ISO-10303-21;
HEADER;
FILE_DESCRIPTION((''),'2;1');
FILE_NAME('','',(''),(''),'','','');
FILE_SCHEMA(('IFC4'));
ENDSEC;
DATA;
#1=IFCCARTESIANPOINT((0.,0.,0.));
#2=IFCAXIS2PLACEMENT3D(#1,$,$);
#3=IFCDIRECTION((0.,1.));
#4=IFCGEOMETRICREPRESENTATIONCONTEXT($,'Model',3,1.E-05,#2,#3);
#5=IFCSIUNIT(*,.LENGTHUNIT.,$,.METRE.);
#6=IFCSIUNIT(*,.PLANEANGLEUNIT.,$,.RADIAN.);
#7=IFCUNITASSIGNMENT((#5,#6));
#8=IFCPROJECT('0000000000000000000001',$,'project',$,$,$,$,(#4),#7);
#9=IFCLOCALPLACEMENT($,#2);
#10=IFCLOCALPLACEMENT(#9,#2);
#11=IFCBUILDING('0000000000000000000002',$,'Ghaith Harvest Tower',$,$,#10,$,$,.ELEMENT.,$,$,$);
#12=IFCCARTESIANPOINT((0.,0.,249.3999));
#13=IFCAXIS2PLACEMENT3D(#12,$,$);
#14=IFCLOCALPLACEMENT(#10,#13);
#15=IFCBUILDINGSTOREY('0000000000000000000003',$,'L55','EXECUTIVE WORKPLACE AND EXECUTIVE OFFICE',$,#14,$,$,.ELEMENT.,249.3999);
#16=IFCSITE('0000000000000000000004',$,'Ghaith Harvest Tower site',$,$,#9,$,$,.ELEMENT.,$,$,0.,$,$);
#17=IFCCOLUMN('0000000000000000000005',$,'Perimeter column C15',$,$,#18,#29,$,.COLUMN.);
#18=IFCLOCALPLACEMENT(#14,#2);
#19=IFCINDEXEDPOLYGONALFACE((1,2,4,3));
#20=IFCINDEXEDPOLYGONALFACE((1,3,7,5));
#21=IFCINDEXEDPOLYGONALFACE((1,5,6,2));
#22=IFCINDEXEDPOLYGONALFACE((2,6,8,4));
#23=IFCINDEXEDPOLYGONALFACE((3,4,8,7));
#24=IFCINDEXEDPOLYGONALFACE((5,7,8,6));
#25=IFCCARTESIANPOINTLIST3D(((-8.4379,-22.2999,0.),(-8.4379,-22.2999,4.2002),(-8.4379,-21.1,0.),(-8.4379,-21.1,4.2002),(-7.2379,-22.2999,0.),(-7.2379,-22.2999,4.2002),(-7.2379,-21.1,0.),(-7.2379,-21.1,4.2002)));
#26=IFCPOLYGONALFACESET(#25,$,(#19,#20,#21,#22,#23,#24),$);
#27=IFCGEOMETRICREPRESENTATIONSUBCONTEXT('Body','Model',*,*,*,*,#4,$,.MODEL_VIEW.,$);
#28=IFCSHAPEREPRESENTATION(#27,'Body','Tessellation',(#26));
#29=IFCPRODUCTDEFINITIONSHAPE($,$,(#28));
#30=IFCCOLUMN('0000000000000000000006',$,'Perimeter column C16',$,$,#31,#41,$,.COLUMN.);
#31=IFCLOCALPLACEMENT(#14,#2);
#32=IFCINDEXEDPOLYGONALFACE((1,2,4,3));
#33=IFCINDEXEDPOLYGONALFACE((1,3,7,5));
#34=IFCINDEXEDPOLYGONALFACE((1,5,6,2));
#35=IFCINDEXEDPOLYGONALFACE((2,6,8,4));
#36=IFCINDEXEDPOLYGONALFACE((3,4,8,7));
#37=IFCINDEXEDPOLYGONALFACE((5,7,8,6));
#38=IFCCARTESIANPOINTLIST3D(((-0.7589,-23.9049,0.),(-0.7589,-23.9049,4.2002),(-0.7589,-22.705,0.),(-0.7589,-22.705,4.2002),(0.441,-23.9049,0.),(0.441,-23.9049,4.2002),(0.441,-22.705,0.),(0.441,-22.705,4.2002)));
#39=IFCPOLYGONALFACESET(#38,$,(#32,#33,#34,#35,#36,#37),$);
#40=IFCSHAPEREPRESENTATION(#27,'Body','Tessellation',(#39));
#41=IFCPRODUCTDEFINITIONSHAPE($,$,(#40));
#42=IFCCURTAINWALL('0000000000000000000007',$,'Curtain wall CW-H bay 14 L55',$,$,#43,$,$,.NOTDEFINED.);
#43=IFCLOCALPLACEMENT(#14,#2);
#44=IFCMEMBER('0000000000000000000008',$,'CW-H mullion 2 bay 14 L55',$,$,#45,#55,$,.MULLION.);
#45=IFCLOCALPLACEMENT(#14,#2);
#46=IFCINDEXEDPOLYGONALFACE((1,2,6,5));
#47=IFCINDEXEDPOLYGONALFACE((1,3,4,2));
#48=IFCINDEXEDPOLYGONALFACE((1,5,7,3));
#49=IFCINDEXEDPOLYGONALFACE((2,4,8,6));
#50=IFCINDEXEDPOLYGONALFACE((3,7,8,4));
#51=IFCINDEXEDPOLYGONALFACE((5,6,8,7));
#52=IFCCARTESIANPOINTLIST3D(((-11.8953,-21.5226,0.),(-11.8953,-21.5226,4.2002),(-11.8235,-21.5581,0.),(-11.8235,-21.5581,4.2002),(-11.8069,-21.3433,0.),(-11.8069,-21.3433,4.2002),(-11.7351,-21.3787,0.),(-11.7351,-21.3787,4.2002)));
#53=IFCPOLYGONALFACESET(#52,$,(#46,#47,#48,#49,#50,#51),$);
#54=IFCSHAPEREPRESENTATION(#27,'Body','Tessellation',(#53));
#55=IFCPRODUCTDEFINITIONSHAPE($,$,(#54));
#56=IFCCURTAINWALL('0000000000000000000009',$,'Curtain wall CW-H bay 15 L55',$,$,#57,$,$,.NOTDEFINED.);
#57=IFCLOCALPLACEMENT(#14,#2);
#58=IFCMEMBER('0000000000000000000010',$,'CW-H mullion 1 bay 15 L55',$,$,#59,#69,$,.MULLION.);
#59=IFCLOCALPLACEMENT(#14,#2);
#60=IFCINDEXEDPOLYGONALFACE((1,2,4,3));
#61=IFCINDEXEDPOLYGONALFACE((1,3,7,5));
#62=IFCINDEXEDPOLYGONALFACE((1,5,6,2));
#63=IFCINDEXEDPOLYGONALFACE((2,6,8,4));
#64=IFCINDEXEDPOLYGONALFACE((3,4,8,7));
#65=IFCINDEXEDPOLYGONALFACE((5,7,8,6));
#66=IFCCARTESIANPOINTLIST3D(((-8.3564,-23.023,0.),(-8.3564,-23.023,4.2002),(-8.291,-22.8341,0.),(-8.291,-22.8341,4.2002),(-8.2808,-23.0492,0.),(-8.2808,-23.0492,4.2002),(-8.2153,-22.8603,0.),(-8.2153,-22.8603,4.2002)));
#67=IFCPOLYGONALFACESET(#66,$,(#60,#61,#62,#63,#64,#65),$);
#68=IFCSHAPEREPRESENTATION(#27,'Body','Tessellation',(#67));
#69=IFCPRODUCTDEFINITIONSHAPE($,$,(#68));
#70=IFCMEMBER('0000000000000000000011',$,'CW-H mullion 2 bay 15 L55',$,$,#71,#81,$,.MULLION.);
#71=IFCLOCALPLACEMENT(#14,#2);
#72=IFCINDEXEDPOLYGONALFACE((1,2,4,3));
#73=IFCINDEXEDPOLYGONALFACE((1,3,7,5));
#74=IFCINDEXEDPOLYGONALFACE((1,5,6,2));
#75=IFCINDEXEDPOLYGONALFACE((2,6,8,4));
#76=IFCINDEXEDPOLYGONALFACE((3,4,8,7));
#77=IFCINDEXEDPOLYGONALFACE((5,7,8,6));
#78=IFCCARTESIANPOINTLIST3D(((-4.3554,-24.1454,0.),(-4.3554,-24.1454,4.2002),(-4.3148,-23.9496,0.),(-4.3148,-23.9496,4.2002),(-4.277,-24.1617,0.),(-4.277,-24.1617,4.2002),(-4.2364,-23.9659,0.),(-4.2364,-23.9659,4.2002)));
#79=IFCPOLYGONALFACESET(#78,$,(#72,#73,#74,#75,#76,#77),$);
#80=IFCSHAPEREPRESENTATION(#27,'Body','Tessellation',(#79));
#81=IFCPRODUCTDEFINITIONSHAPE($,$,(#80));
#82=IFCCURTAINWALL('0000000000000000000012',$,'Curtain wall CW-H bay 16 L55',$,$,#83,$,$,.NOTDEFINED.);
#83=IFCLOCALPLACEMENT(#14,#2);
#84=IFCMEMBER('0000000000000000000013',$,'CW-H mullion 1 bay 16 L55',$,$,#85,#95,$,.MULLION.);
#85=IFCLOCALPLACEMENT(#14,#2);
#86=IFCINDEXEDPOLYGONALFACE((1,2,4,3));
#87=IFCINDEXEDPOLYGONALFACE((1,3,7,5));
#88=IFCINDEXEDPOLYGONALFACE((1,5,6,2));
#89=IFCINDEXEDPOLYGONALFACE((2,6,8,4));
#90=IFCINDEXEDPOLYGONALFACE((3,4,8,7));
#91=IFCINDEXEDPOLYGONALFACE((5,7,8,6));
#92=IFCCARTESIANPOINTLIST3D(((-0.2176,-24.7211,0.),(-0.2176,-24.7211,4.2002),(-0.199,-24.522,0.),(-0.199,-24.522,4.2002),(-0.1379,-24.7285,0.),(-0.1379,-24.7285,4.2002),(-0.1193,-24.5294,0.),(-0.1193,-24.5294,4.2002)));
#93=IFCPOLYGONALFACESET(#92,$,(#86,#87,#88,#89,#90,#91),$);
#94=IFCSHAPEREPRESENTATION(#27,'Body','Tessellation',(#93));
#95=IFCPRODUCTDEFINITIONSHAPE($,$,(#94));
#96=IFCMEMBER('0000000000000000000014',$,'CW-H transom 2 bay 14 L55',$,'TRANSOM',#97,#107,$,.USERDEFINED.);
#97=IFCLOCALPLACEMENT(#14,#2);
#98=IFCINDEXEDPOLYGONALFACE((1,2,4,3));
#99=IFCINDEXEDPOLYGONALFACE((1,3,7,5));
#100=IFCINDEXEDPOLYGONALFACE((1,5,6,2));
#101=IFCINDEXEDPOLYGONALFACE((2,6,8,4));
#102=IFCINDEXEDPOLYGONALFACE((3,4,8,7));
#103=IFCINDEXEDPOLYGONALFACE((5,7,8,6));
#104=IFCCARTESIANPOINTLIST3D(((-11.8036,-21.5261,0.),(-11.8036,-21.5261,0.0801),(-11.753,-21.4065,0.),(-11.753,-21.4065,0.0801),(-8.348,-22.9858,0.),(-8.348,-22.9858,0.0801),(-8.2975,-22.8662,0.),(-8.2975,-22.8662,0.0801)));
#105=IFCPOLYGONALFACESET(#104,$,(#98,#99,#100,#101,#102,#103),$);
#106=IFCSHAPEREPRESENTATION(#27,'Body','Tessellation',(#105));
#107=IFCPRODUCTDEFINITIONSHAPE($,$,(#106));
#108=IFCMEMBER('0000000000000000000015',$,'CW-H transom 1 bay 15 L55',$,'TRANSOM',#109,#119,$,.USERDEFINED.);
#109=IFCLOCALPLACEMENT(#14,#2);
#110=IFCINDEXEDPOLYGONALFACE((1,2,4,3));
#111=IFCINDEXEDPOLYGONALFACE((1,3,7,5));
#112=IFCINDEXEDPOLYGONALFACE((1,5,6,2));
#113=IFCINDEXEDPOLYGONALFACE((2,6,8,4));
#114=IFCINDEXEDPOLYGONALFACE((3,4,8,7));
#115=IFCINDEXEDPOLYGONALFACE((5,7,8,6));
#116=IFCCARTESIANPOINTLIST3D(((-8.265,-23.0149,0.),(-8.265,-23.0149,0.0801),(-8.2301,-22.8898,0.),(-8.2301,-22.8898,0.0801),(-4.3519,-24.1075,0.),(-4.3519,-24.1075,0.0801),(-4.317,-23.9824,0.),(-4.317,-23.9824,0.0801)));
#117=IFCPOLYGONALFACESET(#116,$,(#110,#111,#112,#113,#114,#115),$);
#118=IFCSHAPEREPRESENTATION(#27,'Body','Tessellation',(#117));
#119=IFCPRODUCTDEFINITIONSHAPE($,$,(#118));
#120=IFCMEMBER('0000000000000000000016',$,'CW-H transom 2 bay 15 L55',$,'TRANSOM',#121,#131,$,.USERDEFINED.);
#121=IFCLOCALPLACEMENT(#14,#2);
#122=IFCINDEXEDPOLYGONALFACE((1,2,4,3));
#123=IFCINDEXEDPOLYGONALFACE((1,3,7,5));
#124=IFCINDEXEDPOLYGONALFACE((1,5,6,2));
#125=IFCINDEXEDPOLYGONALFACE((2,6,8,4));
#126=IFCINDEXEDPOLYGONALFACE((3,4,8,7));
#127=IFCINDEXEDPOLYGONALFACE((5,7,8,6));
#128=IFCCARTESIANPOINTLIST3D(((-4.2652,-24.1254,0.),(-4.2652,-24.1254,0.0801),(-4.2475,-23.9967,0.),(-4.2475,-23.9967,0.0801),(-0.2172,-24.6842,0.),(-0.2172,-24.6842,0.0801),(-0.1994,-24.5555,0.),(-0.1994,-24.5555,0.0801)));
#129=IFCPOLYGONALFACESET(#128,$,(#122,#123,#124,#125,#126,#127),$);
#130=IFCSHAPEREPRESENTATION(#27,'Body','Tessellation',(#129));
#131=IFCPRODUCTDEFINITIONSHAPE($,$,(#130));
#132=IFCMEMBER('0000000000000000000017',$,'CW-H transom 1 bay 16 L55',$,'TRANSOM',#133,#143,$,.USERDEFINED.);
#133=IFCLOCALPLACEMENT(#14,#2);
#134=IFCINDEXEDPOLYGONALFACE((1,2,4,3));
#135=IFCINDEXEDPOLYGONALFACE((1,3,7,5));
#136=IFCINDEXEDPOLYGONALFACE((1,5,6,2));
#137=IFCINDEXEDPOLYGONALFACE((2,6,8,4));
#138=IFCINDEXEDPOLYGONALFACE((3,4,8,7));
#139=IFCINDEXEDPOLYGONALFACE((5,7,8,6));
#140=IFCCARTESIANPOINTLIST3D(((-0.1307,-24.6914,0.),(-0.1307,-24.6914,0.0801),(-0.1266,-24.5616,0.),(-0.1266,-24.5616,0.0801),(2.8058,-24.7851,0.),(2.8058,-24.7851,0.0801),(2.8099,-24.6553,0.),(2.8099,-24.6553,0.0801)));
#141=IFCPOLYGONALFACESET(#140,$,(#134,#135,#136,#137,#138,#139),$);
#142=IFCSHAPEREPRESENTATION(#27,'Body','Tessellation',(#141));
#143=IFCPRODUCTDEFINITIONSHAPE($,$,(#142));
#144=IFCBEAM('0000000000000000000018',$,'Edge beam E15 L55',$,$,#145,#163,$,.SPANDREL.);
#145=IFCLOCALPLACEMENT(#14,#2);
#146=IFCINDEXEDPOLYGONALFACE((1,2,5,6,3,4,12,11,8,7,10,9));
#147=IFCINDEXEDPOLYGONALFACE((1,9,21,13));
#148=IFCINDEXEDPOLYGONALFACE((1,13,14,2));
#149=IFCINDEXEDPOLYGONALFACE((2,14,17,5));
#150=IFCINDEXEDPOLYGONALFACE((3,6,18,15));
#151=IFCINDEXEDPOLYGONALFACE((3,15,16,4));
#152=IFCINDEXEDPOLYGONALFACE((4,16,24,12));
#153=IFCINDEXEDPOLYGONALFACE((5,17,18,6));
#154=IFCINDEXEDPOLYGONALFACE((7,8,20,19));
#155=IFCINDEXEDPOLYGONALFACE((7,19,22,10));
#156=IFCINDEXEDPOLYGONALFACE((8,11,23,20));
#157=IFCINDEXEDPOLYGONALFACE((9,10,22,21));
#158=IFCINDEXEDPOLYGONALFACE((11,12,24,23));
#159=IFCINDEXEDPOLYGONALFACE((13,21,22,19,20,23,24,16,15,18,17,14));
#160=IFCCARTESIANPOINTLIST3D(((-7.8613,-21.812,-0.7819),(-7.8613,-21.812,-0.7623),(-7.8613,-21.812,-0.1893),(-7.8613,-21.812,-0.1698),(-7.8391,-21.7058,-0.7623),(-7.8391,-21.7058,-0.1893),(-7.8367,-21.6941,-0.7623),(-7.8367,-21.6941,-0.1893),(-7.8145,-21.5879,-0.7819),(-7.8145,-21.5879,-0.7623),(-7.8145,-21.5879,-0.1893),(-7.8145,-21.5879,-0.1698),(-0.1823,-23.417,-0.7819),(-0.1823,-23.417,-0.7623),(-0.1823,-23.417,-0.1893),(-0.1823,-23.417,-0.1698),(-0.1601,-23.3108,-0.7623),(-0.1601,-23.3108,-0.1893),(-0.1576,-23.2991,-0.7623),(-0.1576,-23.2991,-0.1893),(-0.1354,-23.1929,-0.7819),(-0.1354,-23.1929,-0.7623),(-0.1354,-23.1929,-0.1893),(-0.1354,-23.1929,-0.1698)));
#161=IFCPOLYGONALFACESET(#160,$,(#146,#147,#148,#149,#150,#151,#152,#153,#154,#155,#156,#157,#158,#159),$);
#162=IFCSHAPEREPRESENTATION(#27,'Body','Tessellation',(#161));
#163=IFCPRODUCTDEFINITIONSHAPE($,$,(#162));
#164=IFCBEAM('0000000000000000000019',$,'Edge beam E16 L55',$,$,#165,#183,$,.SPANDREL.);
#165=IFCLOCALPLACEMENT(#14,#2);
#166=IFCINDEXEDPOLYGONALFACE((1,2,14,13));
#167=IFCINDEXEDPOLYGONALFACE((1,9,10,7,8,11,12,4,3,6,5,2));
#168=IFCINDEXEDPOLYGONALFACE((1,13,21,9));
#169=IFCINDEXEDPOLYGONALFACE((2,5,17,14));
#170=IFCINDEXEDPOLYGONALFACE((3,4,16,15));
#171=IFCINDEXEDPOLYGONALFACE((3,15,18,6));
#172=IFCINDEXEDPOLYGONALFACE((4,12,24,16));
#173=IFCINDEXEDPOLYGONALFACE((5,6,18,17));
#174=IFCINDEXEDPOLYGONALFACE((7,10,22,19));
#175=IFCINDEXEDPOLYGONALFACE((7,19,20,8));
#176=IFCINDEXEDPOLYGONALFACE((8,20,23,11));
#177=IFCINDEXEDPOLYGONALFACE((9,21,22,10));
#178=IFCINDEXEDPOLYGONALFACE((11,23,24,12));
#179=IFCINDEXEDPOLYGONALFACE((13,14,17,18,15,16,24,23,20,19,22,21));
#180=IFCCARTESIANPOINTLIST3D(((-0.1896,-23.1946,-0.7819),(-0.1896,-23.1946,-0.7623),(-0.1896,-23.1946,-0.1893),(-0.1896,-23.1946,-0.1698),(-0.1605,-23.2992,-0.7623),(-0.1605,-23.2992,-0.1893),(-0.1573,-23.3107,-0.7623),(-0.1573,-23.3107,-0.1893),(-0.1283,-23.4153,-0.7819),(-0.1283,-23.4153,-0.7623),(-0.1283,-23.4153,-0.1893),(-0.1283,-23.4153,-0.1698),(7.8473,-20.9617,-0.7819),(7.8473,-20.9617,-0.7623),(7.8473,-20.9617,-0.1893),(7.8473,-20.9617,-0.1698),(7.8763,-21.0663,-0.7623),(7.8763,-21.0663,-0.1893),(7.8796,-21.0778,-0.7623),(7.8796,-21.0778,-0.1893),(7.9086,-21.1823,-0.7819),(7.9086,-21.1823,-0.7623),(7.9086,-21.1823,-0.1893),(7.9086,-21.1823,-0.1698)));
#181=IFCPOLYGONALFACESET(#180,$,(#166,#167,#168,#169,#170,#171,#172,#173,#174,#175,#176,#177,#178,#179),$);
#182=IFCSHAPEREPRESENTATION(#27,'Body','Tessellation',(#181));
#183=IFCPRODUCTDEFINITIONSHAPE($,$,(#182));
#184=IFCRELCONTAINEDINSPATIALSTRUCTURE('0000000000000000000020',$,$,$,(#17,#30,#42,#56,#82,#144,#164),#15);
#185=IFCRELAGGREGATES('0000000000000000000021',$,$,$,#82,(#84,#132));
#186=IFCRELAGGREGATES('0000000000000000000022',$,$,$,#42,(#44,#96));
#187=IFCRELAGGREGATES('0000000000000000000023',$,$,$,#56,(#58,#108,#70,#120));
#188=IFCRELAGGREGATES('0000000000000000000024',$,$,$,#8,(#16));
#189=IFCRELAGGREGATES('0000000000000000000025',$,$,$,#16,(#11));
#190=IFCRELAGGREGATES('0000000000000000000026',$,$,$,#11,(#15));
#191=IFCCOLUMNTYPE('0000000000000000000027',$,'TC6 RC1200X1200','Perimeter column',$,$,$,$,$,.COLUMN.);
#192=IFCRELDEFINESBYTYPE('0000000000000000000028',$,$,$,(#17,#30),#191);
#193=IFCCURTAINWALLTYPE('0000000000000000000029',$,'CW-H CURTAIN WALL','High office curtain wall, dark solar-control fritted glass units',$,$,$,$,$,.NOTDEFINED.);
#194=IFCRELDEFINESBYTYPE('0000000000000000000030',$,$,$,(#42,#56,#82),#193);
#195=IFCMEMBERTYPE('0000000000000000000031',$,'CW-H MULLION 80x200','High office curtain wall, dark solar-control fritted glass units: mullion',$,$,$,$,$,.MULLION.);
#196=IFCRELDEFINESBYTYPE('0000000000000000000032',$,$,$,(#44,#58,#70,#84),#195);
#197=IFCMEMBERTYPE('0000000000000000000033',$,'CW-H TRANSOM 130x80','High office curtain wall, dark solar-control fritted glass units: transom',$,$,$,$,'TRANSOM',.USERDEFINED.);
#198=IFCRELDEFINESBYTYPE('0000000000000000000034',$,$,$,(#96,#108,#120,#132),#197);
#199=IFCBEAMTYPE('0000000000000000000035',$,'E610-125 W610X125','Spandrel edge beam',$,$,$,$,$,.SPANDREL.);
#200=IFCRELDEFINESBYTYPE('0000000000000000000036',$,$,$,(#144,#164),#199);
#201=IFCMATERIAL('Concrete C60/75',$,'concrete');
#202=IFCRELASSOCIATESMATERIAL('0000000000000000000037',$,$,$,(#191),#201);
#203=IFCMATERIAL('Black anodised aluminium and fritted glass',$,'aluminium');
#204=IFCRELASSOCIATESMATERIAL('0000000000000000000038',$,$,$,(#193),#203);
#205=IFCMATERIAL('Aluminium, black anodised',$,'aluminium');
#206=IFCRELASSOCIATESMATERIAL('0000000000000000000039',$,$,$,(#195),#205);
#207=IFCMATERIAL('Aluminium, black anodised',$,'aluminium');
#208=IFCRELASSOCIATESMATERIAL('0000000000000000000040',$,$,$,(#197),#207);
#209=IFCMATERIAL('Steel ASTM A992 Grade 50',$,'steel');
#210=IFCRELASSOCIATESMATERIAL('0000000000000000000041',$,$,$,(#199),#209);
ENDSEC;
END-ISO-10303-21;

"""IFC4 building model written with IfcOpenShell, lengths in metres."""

from ifc_helpers import new_model, si_unit, direction, frame, origin, origin_2d, place, context, subcontext, project, spatial, rectangle, i_section, extrude, material, material_profile, profile_set, type_object, element, aggregate, save


model = new_model("IFC4")

# Units and contexts
model_context = context("Model", 3, precision=1e-05, world=origin(), true_north=direction((0.0, 1.0)))
body_context = subcontext(model_context, "Body", "Model", "MODEL_VIEW")
ifc_project = project(units=[si_unit("LENGTHUNIT", "METRE"), si_unit("PLANEANGLEUNIT", "RADIAN")], contexts=[model_context])

# Site, building, storey
site_placement = place(None, origin())
site = spatial("IfcSite", under=ifc_project, at=site_placement, Name="Ghaith Harvest Tower site", CompositionType="ELEMENT", RefElevation=0.0)
building_placement = place(site_placement, origin())
building = spatial("IfcBuilding", under=site, at=building_placement, Name="Ghaith Harvest Tower", CompositionType="ELEMENT")
storey_placement = place(building_placement, frame((0.0, 0.0, 249.3999)))
storey = spatial("IfcBuildingStorey", under=building, at=storey_placement, Name="L55", Description="EXECUTIVE WORKPLACE AND EXECUTIVE OFFICE", CompositionType="ELEMENT", Elevation=249.3999)

# Columns
ifc_material_1 = material(Name="Concrete C60/75", Category="concrete")
ifc_material_profile_1 = material_profile(ifc_material_1, rectangle(XDim=1.2, YDim=1.2, at=origin_2d()), Name="RC1200X1200")
ifc_profile_set_1 = profile_set([ifc_material_profile_1], Name="Concrete C60/75")
column_type = type_object("IfcColumnType", Name="TC6 RC1200X1200", Description="Perimeter column", PredefinedType="COLUMN", material=ifc_profile_set_1)
for number, where, z_axis, x_axis, name in (
    (1, (-7.8379, -21.7, 0.0), (0.0, 0.0, 1.0), (1.0, 0.0, 0.0), "Perimeter column C15"),
    (2, (-0.1589, -23.3049, 0.0), (0.0, 0.0, 1.0), (1.0, 0.0, 0.0), "Perimeter column C16"),
):
    element("IfcColumn", number, at=place(storey_placement, frame(where, z_axis=z_axis, x_axis=x_axis)), inside=storey, type_object=column_type, Name=name, PredefinedType="COLUMN", context=body_context, shape_type="SweptSolid", body=[
        extrude(rectangle(XDim=1.2, YDim=1.2, at=origin_2d()), origin(), (0.0, 0.0, 1.0), 4.2002),
    ])

# Curtain wall, member
ifc_material_2 = material(Name="Black anodised aluminium and fritted glass", Category="aluminium")
curtain_wall_type = type_object("IfcCurtainWallType", Name="CW-H CURTAIN WALL", Description="High office curtain wall, dark solar-control fritted glass units", PredefinedType="NOTDEFINED", material=ifc_material_2)
curtain_wall_1_placement = place(storey_placement, origin())
curtain_wall_1 = element("IfcCurtainWall", 3, at=curtain_wall_1_placement, inside=storey, type_object=curtain_wall_type, Name="Curtain wall CW-H bay 14 L55", PredefinedType="NOTDEFINED")
ifc_material_3 = material(Name="Aluminium, black anodised", Category="aluminium")
ifc_material_profile_2 = material_profile(ifc_material_3, rectangle(XDim=0.0801, YDim=0.2, at=origin_2d()), Name="CW-H MULLION 80x200")
ifc_profile_set_2 = profile_set([ifc_material_profile_2], Name="Aluminium, black anodised")
member_type_1 = type_object("IfcMemberType", Name="CW-H MULLION 80x200", Description="High office curtain wall, dark solar-control fritted glass units: mullion", PredefinedType="MULLION", material=ifc_profile_set_2)
member_1_placement = place(storey_placement, frame((-11.8152, -21.4507, 0.0), z_axis=(0.0, 0.0, 1.0), x_axis=(0.896853, -0.442329, 0.0)))
member_1 = element("IfcMember", 4, at=member_1_placement, type_object=member_type_1, Name="CW-H mullion 2 bay 14 L55", PredefinedType="MULLION", context=body_context, shape_type="SweptSolid", body=[
    extrude(rectangle(XDim=0.0801, YDim=0.2, at=origin_2d()), origin(), (0.0, 0.0, 1.0), 4.2002),
])

# Curtain wall, members
curtain_wall_2_placement = place(storey_placement, origin())
curtain_wall_2 = element("IfcCurtainWall", 5, at=curtain_wall_2_placement, inside=storey, type_object=curtain_wall_type, Name="Curtain wall CW-H bay 15 L55", PredefinedType="NOTDEFINED")
member_2_placement = place(storey_placement, frame((-8.2859, -22.9417, 0.0), z_axis=(0.0, 0.0, 1.0), x_axis=(0.944906, -0.327342, 0.0)))
member_2 = element("IfcMember", 6, at=member_2_placement, type_object=member_type_1, Name="CW-H mullion 1 bay 15 L55", PredefinedType="MULLION", context=body_context, shape_type="SweptSolid", body=[
    extrude(rectangle(XDim=0.0801, YDim=0.2, at=origin_2d()), origin(), (0.0, 0.0, 1.0), 4.2002),
])
member_3_placement = place(storey_placement, frame((-4.2959, -24.0557, 0.0), z_axis=(0.0, 0.0, 1.0), x_axis=(0.979161, -0.203084, 0.0)))
member_3 = element("IfcMember", 7, at=member_3_placement, type_object=member_type_1, Name="CW-H mullion 2 bay 15 L55", PredefinedType="MULLION", context=body_context, shape_type="SweptSolid", body=[
    extrude(rectangle(XDim=0.0801, YDim=0.2, at=origin_2d()), origin(), (0.0, 0.0, 1.0), 4.2002),
])

# Curtain wall, member
curtain_wall_3_placement = place(storey_placement, origin())
curtain_wall_3 = element("IfcCurtainWall", 8, at=curtain_wall_3_placement, inside=storey, type_object=curtain_wall_type, Name="Curtain wall CW-H bay 16 L55", PredefinedType="NOTDEFINED")
member_4_placement = place(storey_placement, frame((-0.1685, -24.6252, 0.0), z_axis=(0.0, 0.0, 1.0), x_axis=(0.995685, -0.092802, 0.0)))
member_4 = element("IfcMember", 9, at=member_4_placement, type_object=member_type_1, Name="CW-H mullion 1 bay 16 L55", PredefinedType="MULLION", context=body_context, shape_type="SweptSolid", body=[
    extrude(rectangle(XDim=0.0801, YDim=0.2, at=origin_2d()), origin(), (0.0, 0.0, 1.0), 4.2002),
])

# Members
ifc_material_4 = material(Name="Aluminium, black anodised", Category="aluminium")
ifc_material_profile_3 = material_profile(ifc_material_4, rectangle(XDim=0.1299, YDim=0.0801, at=origin_2d()), Name="CW-H TRANSOM 130x80")
ifc_profile_set_3 = profile_set([ifc_material_profile_3], Name="Aluminium, black anodised")
member_type_2 = type_object("IfcMemberType", Name="CW-H TRANSOM 130x80", Description="High office curtain wall, dark solar-control fritted glass units: transom", ElementType="TRANSOM", PredefinedType="USERDEFINED", material=ifc_profile_set_3)
member_5_placement = place(storey_placement, frame((-11.7783, -21.4663, 0.04), z_axis=(0.921183, -0.38913, 0.0), x_axis=(0.38913, 0.921183, 0.0)))
member_5 = element("IfcMember", 10, at=member_5_placement, type_object=member_type_2, Name="CW-H transom 2 bay 14 L55", ObjectType="TRANSOM", PredefinedType="USERDEFINED", context=body_context, shape_type="SweptSolid", body=[
    extrude(rectangle(XDim=0.1299, YDim=0.0801, at=origin_2d()), origin(), (0.0, 0.0, 1.0), 3.7512),
])
member_6_placement = place(storey_placement, frame((-8.2476, -22.9524, 0.04), z_axis=(0.963164, -0.268914, 0.0), x_axis=(0.268914, 0.963164, 0.0)))
member_6 = element("IfcMember", 11, at=member_6_placement, type_object=member_type_2, Name="CW-H transom 1 bay 15 L55", ObjectType="TRANSOM", PredefinedType="USERDEFINED", context=body_context, shape_type="SweptSolid", body=[
    extrude(rectangle(XDim=0.1299, YDim=0.0801, at=origin_2d()), origin(), (0.0, 0.0, 1.0), 4.0627),
])
member_7_placement = place(storey_placement, frame((-4.2563, -24.061, 0.04), z_axis=(0.990605, -0.136753, 0.0), x_axis=(0.136753, 0.990605, 0.0)))
member_7 = element("IfcMember", 12, at=member_7_placement, type_object=member_type_2, Name="CW-H transom 2 bay 15 L55", ObjectType="TRANSOM", PredefinedType="USERDEFINED", context=body_context, shape_type="SweptSolid", body=[
    extrude(rectangle(XDim=0.1299, YDim=0.0801, at=origin_2d()), origin(), (0.0, 0.0, 1.0), 4.0864),
])
member_8_placement = place(storey_placement, frame((-0.1287, -24.6265, 0.04), z_axis=(0.999491, -0.031909, 0.0), x_axis=(0.031909, 0.999491, 0.0)))
member_8 = element("IfcMember", 13, at=member_8_placement, type_object=member_type_2, Name="CW-H transom 1 bay 16 L55", ObjectType="TRANSOM", PredefinedType="USERDEFINED", context=body_context, shape_type="SweptSolid", body=[
    extrude(rectangle(XDim=0.1299, YDim=0.0801, at=origin_2d()), origin(), (0.0, 0.0, 1.0), 2.938),
])
aggregate(curtain_wall_3, [member_4, member_8])

# Beams
ifc_material_5 = material(Name="Steel ASTM A992 Grade 50", Category="steel")
ifc_material_profile_4 = material_profile(ifc_material_5, i_section(OverallWidth=0.229, OverallDepth=0.6121, WebThickness=0.012, FlangeThickness=0.0195, at=origin_2d()), Name="W610X125")
ifc_profile_set_4 = profile_set([ifc_material_profile_4], Name="Steel ASTM A992 Grade 50")
beam_type_1 = type_object("IfcBeamType", Name="E610-125 W610X125", Description="Spandrel edge beam", PredefinedType="SPANDREL", material=ifc_profile_set_4)
beam_1_placement = place(storey_placement, frame((-7.8379, -21.7, -0.4758), z_axis=(0.978848, -0.204589, 0.0), x_axis=(0.204589, 0.978848, 0.0)))
element("IfcBeam", 14, at=beam_1_placement, inside=storey, type_object=beam_type_1, Name="Edge beam E15 L55", PredefinedType="SPANDREL", context=body_context, shape_type="SweptSolid", body=[
    extrude(i_section(OverallWidth=0.229, OverallDepth=0.6121, WebThickness=0.012, FlangeThickness=0.0195, at=origin_2d()), origin(), (0.0, 0.0, 1.0), 7.845),
])
beam_2_placement = place(storey_placement, frame((-0.1589, -23.3049, -0.4758), z_axis=(0.963504, 0.267694, 0.0), x_axis=(-0.267694, 0.963504, 0.0)))
element("IfcBeam", 15, at=beam_2_placement, inside=storey, type_object=beam_type_1, Name="Edge beam E16 L55", PredefinedType="SPANDREL", context=body_context, shape_type="SweptSolid", body=[
    extrude(i_section(OverallWidth=0.229, OverallDepth=0.6121, WebThickness=0.012, FlangeThickness=0.0195, at=origin_2d()), origin(), (0.0, 0.0, 1.0), 8.3413),
])

aggregate(curtain_wall_1, [member_1, member_5])
aggregate(curtain_wall_2, [member_2, member_6, member_3, member_7])

save(model, "model.ifc")
